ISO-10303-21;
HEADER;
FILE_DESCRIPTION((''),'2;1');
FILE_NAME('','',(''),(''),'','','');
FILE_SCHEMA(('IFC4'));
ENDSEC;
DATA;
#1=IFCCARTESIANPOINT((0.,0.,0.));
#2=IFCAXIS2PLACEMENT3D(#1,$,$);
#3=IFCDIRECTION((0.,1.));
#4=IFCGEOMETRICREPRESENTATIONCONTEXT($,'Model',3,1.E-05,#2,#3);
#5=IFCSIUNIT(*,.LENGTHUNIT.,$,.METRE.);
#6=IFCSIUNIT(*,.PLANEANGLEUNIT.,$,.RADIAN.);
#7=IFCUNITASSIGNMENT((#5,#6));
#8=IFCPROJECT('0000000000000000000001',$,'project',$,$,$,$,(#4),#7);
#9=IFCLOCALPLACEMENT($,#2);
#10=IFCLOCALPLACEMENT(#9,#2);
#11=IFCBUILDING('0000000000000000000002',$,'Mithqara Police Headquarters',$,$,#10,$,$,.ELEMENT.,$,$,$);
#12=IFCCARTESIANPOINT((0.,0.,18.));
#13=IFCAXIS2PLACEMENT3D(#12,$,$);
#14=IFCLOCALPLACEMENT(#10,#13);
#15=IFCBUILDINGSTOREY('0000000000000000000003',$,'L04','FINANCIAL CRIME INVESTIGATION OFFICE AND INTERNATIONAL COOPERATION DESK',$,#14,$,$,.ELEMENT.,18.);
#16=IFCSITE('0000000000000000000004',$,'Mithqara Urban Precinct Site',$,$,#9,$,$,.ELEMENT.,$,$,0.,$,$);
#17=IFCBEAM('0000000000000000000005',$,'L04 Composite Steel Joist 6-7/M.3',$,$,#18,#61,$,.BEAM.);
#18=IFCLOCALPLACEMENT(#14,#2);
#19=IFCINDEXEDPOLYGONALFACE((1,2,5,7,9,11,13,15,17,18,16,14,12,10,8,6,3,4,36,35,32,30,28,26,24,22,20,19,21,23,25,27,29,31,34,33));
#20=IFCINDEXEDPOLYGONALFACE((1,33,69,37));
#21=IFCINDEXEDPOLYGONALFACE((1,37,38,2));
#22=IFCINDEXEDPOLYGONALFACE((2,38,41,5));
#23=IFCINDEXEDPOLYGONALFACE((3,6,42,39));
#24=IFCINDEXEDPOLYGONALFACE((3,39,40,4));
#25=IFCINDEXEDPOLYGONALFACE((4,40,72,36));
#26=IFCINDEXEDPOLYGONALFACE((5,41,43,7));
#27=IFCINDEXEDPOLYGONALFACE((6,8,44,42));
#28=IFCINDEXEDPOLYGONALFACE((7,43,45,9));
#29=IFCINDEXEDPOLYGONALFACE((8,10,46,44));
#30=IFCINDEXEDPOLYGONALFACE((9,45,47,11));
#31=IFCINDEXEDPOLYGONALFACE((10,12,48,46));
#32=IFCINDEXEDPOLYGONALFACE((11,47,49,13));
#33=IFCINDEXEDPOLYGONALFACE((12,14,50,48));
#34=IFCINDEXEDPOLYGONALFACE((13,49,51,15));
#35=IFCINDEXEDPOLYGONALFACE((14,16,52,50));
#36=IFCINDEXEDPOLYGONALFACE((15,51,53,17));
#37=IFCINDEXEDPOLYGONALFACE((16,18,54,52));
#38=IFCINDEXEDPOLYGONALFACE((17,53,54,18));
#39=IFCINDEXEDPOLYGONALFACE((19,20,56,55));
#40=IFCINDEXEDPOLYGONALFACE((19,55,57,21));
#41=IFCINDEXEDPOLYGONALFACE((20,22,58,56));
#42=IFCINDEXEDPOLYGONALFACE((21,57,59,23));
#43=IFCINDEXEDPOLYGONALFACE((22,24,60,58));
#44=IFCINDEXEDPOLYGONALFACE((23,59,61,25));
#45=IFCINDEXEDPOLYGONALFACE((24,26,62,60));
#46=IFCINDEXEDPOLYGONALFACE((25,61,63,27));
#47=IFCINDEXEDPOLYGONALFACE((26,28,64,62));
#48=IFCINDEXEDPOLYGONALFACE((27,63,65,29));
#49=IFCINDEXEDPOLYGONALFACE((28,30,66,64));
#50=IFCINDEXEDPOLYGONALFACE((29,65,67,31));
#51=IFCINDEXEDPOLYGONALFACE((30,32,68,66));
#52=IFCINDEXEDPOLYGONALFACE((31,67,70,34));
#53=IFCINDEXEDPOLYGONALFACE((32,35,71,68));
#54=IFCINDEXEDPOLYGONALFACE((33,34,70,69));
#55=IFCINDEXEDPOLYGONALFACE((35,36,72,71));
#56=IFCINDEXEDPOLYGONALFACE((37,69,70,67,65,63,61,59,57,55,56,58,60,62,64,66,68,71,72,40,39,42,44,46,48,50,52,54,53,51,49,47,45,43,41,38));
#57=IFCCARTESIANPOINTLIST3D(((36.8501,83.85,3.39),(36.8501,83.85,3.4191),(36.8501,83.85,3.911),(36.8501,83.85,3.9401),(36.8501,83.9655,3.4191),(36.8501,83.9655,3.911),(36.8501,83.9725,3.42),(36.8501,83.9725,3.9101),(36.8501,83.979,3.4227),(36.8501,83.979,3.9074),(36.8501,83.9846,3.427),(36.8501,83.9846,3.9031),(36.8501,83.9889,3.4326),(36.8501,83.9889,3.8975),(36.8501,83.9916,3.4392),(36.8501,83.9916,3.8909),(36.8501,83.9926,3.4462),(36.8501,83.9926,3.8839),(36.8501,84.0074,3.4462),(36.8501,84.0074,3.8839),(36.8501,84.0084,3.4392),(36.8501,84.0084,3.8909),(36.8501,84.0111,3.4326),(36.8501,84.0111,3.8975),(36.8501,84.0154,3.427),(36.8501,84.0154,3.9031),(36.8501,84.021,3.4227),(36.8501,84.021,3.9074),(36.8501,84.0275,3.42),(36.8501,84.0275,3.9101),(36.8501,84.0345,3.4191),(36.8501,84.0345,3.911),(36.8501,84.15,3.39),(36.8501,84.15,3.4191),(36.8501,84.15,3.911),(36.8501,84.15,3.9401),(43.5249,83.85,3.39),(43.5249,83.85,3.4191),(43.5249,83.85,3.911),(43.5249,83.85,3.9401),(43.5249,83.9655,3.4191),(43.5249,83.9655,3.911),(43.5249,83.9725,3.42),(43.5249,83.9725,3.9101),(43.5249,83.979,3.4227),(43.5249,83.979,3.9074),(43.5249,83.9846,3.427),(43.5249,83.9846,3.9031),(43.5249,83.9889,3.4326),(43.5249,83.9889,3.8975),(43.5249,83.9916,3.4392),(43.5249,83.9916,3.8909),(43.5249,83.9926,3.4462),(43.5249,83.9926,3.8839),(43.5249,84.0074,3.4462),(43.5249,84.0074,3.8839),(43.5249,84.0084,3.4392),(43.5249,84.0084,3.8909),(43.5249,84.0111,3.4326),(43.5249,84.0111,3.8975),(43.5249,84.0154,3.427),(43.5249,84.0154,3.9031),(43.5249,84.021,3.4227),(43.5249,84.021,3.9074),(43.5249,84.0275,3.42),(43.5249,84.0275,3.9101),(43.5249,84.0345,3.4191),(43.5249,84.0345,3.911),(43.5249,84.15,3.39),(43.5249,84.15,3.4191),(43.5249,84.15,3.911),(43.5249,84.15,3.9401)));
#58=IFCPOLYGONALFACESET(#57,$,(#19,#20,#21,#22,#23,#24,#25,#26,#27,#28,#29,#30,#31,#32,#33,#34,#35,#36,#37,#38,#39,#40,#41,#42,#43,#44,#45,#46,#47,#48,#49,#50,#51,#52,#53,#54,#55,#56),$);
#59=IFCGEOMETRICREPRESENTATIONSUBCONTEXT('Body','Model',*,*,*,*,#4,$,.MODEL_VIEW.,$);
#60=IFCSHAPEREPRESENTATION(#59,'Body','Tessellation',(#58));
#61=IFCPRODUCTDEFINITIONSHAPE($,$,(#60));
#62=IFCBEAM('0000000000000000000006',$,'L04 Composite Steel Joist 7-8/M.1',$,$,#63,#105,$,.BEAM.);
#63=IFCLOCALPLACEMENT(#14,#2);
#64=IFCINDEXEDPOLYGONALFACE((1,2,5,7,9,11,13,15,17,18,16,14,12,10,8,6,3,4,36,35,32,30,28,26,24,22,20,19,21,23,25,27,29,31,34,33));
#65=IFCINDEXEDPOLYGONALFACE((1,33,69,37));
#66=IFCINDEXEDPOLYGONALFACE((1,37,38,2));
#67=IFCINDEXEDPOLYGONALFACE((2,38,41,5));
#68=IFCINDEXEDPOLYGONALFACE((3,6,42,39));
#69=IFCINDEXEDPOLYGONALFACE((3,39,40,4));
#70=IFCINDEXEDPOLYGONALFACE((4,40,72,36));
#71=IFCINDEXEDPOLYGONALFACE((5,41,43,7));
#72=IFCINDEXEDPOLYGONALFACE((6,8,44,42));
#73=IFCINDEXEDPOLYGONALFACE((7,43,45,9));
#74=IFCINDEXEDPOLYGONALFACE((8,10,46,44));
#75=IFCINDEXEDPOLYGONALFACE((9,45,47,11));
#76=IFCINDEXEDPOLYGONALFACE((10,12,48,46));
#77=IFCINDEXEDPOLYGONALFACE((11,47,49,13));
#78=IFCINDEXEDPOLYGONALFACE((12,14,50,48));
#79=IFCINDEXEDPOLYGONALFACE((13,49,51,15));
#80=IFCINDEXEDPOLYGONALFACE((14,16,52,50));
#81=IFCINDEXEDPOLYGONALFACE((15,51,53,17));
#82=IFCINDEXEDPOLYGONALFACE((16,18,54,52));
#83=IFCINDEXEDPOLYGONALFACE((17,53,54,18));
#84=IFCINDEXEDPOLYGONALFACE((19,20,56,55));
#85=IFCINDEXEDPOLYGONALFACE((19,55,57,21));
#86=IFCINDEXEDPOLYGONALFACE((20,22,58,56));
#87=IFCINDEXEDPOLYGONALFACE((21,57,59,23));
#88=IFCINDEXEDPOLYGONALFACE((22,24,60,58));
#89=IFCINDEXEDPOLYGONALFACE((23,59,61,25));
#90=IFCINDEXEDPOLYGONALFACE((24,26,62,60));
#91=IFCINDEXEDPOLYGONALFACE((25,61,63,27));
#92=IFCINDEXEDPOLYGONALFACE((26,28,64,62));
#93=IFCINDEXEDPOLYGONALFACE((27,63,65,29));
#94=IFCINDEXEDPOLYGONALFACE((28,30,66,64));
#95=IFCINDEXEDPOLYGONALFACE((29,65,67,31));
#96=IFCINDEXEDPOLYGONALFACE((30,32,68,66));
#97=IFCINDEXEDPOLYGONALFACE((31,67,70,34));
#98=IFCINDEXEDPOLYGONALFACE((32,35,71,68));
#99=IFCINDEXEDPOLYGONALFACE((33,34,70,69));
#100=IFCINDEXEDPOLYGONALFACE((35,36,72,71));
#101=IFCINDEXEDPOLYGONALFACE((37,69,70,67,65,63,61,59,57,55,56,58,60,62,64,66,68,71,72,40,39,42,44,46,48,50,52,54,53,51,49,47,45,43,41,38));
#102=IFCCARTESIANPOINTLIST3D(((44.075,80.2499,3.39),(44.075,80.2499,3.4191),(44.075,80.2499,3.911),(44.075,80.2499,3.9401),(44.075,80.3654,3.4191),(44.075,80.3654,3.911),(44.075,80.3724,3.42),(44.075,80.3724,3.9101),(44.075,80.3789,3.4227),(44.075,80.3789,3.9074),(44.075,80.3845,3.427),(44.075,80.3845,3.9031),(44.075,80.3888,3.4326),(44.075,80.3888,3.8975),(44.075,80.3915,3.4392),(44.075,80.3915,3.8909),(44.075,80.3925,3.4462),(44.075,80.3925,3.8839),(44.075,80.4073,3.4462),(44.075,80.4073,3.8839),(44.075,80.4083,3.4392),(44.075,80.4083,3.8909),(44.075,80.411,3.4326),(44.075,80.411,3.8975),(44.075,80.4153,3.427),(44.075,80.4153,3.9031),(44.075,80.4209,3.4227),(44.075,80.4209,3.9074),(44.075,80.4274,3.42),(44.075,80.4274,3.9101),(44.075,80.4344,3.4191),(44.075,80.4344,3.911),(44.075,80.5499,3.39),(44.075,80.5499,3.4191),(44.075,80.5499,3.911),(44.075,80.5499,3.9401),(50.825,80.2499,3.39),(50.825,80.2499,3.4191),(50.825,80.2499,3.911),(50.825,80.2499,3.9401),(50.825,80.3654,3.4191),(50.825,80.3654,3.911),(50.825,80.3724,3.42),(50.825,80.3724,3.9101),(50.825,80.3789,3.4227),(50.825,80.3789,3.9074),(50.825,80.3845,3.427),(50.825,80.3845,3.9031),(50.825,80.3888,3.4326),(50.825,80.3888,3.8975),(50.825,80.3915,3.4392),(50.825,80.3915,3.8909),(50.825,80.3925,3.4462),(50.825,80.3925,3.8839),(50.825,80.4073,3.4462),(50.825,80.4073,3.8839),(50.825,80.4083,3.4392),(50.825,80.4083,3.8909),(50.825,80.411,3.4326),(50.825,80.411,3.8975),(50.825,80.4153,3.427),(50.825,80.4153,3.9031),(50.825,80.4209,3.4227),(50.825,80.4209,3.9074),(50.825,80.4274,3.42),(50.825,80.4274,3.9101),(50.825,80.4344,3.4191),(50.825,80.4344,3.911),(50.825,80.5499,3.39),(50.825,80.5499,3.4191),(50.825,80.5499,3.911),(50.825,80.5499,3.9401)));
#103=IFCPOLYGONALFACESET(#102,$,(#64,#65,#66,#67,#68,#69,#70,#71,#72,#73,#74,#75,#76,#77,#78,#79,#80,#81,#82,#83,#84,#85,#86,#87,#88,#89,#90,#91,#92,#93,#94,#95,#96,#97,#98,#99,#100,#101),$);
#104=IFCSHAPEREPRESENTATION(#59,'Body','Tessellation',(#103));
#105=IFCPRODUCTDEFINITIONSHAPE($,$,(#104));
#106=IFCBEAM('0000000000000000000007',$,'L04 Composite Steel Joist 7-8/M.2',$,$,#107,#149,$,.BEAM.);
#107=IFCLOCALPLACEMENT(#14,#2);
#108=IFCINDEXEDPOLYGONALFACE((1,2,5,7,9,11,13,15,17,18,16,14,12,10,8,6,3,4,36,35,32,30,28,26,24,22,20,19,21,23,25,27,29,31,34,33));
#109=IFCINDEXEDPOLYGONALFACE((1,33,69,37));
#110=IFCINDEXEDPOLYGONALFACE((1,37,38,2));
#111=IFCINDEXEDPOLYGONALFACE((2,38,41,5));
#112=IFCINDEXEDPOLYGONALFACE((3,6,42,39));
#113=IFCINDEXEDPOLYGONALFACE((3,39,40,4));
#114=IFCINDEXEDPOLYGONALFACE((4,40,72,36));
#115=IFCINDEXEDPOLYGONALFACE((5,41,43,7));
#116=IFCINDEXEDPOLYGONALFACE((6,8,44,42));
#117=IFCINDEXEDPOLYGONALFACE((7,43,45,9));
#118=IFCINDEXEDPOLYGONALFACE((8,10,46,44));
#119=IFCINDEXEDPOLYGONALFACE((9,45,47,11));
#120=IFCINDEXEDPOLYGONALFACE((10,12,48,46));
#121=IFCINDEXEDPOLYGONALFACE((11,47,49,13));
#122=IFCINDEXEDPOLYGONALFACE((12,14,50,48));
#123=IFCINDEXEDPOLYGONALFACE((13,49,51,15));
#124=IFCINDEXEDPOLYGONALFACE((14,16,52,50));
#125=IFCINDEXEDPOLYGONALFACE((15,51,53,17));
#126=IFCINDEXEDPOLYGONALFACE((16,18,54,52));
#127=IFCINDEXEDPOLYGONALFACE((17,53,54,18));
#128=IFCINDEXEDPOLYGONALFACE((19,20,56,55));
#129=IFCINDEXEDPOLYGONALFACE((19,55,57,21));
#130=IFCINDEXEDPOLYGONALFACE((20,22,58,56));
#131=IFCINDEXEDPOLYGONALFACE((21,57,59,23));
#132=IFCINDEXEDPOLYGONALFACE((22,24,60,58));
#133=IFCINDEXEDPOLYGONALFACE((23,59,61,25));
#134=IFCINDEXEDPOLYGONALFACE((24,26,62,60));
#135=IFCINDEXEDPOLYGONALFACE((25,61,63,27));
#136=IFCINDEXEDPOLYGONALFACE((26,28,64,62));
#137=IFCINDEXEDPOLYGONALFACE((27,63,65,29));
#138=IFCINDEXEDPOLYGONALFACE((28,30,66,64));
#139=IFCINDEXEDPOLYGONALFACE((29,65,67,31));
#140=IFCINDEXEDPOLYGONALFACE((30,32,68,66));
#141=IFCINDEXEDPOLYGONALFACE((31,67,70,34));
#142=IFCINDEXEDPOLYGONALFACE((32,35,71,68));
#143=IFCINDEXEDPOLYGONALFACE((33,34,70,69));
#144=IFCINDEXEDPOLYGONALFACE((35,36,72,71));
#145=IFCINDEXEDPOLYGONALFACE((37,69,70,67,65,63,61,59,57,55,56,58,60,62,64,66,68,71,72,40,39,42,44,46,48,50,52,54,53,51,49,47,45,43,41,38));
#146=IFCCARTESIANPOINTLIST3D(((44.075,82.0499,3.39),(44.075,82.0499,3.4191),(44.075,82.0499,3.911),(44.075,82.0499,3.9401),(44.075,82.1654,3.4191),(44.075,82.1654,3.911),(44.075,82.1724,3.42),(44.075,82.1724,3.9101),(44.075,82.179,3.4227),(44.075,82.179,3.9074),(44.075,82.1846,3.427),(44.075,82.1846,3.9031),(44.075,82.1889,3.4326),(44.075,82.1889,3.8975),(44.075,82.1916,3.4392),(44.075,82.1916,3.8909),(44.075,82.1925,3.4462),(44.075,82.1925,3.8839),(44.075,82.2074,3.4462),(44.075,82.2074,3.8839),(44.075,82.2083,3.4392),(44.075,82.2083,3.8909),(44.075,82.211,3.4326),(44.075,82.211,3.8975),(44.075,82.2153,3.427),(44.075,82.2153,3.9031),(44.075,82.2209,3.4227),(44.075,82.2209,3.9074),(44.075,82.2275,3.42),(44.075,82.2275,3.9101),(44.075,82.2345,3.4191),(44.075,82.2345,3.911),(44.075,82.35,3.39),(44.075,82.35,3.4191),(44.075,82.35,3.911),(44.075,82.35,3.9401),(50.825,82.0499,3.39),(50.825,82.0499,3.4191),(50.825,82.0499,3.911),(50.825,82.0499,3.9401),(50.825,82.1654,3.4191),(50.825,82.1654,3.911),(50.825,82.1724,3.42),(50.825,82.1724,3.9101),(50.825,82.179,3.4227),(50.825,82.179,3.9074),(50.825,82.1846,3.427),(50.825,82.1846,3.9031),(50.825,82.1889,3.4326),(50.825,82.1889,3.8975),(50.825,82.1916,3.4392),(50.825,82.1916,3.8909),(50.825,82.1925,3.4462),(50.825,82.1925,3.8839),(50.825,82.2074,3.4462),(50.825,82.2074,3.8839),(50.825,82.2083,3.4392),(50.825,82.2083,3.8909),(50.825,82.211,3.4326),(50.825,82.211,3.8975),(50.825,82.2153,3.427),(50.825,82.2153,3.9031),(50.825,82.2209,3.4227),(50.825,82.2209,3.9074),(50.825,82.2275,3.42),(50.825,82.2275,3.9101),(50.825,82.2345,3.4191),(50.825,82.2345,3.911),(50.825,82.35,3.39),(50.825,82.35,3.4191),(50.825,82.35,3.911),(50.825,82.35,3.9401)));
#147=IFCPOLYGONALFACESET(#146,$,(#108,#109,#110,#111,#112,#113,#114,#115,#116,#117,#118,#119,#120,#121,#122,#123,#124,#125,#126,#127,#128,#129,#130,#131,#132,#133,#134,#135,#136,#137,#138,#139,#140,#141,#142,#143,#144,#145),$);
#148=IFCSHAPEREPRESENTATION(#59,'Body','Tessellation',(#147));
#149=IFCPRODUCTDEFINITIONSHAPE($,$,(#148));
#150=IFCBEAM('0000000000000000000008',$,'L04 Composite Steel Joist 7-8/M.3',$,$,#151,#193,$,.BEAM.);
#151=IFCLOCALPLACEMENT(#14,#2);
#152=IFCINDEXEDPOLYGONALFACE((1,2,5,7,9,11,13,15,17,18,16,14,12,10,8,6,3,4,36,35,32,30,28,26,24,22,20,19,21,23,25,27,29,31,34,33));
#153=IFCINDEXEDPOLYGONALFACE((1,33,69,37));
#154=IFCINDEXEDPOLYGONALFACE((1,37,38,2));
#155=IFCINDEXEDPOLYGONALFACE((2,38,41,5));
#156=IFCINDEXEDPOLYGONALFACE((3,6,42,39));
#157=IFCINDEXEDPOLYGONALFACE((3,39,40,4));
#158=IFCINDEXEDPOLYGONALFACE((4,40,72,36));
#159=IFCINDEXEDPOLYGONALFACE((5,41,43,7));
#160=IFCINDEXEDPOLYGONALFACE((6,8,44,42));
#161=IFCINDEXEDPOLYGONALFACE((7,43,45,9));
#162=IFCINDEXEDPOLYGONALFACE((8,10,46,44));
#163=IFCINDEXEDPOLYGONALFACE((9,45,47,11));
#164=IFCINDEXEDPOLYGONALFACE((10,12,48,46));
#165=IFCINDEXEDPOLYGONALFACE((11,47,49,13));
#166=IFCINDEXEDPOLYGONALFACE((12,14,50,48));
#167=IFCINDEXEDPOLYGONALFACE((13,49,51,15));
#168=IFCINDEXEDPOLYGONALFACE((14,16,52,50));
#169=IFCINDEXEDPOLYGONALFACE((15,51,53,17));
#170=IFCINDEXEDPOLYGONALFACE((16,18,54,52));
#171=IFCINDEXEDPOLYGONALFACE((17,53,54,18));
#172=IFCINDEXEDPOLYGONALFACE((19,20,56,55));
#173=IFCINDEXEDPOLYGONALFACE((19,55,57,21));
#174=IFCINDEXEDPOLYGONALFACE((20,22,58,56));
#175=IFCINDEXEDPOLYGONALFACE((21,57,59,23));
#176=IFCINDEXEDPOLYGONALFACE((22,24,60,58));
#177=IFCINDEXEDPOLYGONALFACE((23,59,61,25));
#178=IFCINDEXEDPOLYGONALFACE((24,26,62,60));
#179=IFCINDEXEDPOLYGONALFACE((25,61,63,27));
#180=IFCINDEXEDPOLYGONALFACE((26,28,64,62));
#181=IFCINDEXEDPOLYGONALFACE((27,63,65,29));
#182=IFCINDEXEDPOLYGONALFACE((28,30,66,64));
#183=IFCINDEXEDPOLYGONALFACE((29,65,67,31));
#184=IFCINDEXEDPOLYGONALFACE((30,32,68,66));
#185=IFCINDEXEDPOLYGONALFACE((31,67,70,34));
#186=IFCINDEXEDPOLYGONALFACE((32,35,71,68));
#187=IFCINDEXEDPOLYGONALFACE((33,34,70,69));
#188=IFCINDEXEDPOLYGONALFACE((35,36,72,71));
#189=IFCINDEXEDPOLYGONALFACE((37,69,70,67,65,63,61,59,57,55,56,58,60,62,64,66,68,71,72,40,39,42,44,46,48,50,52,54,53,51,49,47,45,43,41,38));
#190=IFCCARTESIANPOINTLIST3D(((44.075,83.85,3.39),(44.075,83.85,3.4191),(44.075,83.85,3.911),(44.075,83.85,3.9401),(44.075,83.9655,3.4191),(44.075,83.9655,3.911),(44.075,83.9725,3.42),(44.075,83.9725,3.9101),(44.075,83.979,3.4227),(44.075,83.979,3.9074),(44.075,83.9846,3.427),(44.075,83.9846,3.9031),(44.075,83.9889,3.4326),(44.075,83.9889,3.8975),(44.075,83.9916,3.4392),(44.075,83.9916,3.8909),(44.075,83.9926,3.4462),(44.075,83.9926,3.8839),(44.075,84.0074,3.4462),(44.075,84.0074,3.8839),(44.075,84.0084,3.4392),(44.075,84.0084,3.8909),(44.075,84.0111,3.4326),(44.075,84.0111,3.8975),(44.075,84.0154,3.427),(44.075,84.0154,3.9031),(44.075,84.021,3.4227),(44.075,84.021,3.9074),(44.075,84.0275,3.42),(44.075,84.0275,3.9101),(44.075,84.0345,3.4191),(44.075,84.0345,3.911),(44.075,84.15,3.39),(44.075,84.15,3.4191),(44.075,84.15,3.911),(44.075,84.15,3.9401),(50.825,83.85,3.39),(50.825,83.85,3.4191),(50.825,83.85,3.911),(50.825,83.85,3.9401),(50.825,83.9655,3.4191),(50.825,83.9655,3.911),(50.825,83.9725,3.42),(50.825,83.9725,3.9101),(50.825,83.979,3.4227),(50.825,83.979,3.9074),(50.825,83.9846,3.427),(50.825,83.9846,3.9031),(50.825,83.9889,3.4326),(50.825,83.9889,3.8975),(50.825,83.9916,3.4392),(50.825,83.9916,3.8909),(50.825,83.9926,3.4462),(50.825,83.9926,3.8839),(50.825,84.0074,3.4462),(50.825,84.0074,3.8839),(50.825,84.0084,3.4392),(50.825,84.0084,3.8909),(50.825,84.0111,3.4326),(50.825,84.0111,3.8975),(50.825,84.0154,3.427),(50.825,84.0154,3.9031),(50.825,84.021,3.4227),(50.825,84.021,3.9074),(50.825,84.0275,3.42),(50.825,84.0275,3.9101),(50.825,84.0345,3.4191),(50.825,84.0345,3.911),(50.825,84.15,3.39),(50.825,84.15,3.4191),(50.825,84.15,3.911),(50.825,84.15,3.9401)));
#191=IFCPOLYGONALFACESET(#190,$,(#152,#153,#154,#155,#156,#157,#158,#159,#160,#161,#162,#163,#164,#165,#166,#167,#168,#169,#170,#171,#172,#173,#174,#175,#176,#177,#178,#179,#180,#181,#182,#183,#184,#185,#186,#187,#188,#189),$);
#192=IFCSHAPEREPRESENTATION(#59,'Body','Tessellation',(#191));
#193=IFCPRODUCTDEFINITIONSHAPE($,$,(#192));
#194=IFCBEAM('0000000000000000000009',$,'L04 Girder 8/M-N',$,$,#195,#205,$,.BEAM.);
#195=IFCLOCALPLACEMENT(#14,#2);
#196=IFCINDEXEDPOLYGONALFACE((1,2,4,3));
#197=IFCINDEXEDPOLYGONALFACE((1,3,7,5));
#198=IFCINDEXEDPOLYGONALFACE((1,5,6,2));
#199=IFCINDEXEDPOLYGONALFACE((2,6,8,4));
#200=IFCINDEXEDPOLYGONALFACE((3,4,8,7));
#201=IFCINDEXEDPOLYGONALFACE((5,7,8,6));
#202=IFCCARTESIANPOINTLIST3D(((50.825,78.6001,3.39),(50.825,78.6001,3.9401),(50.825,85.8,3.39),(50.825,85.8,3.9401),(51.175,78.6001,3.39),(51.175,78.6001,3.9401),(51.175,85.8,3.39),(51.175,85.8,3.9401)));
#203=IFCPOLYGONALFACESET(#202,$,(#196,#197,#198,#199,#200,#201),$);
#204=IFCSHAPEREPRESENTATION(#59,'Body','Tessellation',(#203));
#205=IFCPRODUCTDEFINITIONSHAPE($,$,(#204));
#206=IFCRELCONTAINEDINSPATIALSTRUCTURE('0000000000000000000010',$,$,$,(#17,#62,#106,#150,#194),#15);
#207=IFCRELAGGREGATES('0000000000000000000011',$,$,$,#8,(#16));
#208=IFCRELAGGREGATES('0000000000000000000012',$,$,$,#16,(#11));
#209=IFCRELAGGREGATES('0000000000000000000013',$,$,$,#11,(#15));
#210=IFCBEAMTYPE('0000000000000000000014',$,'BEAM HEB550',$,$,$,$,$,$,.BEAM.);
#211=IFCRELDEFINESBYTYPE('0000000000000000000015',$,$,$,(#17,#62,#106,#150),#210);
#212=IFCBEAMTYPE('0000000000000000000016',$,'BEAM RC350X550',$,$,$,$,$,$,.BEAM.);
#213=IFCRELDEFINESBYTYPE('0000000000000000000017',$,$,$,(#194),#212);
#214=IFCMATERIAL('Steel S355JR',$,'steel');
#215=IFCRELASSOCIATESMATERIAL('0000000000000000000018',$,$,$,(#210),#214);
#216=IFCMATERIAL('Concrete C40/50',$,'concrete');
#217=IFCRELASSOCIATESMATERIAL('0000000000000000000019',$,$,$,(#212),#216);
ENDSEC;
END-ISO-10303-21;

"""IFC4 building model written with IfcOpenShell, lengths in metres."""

from ifc_helpers import new_model, si_unit, direction, frame, origin, origin_2d, place, context, subcontext, project, spatial, rectangle, i_section, extrude, material, material_profile, profile_set, type_object, element, save


model = new_model("IFC4")

# Units and contexts
model_context = context("Model", 3, precision=1e-05, world=origin(), true_north=direction((0.0, 1.0)))
body_context = subcontext(model_context, "Body", "Model", "MODEL_VIEW")
ifc_project = project(units=[si_unit("LENGTHUNIT", "METRE"), si_unit("PLANEANGLEUNIT", "RADIAN")], contexts=[model_context])

# Site, building, storey
site_placement = place(None, origin())
site = spatial("IfcSite", under=ifc_project, at=site_placement, Name="Mithqara Urban Precinct Site", CompositionType="ELEMENT", RefElevation=0.0)
building_placement = place(site_placement, origin())
building = spatial("IfcBuilding", under=site, at=building_placement, Name="Mithqara Police Headquarters", CompositionType="ELEMENT")
storey_placement = place(building_placement, frame((0.0, 0.0, 18.0)))
storey = spatial("IfcBuildingStorey", under=building, at=storey_placement, Name="L04", Description="FINANCIAL CRIME INVESTIGATION OFFICE AND INTERNATIONAL COOPERATION DESK", CompositionType="ELEMENT", Elevation=18.0)

# Beams
ifc_material_1 = material(Name="Steel S355JR", Category="steel")
ifc_material_profile_1 = material_profile(ifc_material_1, i_section(OverallWidth=0.3, OverallDepth=0.55, WebThickness=0.0149, FlangeThickness=0.0291, FilletRadius=0.0271, at=origin_2d()), Name="HEB 550")
ifc_profile_set_1 = profile_set([ifc_material_profile_1], Name="Steel S355JR")
beam_type_1 = type_object("IfcBeamType", Name="BEAM HEB550", PredefinedType="BEAM", material=ifc_profile_set_1)
for number, where, z_axis, x_axis, name in (
    (1, (36.8501, 84.0, 3.665), (1.0, 0.0, 0.0), (0.0, 1.0, 0.0), "L04 Composite Steel Joist 6-7/M.3"),
):
    element("IfcBeam", number, at=place(storey_placement, frame(where, z_axis=z_axis, x_axis=x_axis)), inside=storey, type_object=beam_type_1, Name=name, PredefinedType="BEAM", context=body_context, shape_type="SweptSolid", body=[
        extrude(i_section(OverallWidth=0.3, OverallDepth=0.55, WebThickness=0.0149, FlangeThickness=0.0291, FilletRadius=0.0271, at=origin_2d()), origin(), (0.0, 0.0, 1.0), 6.6748),
    ])
for number, where, z_axis, x_axis, name in (
    (2, (44.075, 80.3999, 3.665), (1.0, 0.0, 0.0), (0.0, 1.0, 0.0), "L04 Composite Steel Joist 7-8/M.1"),
    (3, (44.075, 82.2, 3.665), (1.0, 0.0, 0.0), (0.0, 1.0, 0.0), "L04 Composite Steel Joist 7-8/M.2"),
    (4, (44.075, 84.0, 3.665), (1.0, 0.0, 0.0), (0.0, 1.0, 0.0), "L04 Composite Steel Joist 7-8/M.3"),
):
    element("IfcBeam", number, at=place(storey_placement, frame(where, z_axis=z_axis, x_axis=x_axis)), inside=storey, type_object=beam_type_1, Name=name, PredefinedType="BEAM", context=body_context, shape_type="SweptSolid", body=[
        extrude(i_section(OverallWidth=0.3, OverallDepth=0.55, WebThickness=0.0149, FlangeThickness=0.0291, FilletRadius=0.0271, at=origin_2d()), origin(), (0.0, 0.0, 1.0), 6.75),
    ])
ifc_material_2 = material(Name="Concrete C40/50", Category="concrete")
ifc_material_profile_2 = material_profile(ifc_material_2, rectangle(XDim=0.3501, YDim=0.55, at=origin_2d()), Name="RC 350x550")
ifc_profile_set_2 = profile_set([ifc_material_profile_2], Name="Concrete C40/50")
beam_type_2 = type_object("IfcBeamType", Name="BEAM RC350X550", PredefinedType="BEAM", material=ifc_profile_set_2)
beam_1_placement = place(storey_placement, frame((51.0, 78.6001, 3.665), z_axis=(0.0, 1.0, 0.0), x_axis=(-1.0, 0.0, 0.0)))
element("IfcBeam", 5, at=beam_1_placement, inside=storey, type_object=beam_type_2, Name="L04 Girder 8/M-N", PredefinedType="BEAM", context=body_context, shape_type="SweptSolid", body=[
    extrude(rectangle(XDim=0.3501, YDim=0.55, at=origin_2d()), origin(), (0.0, 0.0, 1.0), 7.2),
])

save(model, "model.ifc")
